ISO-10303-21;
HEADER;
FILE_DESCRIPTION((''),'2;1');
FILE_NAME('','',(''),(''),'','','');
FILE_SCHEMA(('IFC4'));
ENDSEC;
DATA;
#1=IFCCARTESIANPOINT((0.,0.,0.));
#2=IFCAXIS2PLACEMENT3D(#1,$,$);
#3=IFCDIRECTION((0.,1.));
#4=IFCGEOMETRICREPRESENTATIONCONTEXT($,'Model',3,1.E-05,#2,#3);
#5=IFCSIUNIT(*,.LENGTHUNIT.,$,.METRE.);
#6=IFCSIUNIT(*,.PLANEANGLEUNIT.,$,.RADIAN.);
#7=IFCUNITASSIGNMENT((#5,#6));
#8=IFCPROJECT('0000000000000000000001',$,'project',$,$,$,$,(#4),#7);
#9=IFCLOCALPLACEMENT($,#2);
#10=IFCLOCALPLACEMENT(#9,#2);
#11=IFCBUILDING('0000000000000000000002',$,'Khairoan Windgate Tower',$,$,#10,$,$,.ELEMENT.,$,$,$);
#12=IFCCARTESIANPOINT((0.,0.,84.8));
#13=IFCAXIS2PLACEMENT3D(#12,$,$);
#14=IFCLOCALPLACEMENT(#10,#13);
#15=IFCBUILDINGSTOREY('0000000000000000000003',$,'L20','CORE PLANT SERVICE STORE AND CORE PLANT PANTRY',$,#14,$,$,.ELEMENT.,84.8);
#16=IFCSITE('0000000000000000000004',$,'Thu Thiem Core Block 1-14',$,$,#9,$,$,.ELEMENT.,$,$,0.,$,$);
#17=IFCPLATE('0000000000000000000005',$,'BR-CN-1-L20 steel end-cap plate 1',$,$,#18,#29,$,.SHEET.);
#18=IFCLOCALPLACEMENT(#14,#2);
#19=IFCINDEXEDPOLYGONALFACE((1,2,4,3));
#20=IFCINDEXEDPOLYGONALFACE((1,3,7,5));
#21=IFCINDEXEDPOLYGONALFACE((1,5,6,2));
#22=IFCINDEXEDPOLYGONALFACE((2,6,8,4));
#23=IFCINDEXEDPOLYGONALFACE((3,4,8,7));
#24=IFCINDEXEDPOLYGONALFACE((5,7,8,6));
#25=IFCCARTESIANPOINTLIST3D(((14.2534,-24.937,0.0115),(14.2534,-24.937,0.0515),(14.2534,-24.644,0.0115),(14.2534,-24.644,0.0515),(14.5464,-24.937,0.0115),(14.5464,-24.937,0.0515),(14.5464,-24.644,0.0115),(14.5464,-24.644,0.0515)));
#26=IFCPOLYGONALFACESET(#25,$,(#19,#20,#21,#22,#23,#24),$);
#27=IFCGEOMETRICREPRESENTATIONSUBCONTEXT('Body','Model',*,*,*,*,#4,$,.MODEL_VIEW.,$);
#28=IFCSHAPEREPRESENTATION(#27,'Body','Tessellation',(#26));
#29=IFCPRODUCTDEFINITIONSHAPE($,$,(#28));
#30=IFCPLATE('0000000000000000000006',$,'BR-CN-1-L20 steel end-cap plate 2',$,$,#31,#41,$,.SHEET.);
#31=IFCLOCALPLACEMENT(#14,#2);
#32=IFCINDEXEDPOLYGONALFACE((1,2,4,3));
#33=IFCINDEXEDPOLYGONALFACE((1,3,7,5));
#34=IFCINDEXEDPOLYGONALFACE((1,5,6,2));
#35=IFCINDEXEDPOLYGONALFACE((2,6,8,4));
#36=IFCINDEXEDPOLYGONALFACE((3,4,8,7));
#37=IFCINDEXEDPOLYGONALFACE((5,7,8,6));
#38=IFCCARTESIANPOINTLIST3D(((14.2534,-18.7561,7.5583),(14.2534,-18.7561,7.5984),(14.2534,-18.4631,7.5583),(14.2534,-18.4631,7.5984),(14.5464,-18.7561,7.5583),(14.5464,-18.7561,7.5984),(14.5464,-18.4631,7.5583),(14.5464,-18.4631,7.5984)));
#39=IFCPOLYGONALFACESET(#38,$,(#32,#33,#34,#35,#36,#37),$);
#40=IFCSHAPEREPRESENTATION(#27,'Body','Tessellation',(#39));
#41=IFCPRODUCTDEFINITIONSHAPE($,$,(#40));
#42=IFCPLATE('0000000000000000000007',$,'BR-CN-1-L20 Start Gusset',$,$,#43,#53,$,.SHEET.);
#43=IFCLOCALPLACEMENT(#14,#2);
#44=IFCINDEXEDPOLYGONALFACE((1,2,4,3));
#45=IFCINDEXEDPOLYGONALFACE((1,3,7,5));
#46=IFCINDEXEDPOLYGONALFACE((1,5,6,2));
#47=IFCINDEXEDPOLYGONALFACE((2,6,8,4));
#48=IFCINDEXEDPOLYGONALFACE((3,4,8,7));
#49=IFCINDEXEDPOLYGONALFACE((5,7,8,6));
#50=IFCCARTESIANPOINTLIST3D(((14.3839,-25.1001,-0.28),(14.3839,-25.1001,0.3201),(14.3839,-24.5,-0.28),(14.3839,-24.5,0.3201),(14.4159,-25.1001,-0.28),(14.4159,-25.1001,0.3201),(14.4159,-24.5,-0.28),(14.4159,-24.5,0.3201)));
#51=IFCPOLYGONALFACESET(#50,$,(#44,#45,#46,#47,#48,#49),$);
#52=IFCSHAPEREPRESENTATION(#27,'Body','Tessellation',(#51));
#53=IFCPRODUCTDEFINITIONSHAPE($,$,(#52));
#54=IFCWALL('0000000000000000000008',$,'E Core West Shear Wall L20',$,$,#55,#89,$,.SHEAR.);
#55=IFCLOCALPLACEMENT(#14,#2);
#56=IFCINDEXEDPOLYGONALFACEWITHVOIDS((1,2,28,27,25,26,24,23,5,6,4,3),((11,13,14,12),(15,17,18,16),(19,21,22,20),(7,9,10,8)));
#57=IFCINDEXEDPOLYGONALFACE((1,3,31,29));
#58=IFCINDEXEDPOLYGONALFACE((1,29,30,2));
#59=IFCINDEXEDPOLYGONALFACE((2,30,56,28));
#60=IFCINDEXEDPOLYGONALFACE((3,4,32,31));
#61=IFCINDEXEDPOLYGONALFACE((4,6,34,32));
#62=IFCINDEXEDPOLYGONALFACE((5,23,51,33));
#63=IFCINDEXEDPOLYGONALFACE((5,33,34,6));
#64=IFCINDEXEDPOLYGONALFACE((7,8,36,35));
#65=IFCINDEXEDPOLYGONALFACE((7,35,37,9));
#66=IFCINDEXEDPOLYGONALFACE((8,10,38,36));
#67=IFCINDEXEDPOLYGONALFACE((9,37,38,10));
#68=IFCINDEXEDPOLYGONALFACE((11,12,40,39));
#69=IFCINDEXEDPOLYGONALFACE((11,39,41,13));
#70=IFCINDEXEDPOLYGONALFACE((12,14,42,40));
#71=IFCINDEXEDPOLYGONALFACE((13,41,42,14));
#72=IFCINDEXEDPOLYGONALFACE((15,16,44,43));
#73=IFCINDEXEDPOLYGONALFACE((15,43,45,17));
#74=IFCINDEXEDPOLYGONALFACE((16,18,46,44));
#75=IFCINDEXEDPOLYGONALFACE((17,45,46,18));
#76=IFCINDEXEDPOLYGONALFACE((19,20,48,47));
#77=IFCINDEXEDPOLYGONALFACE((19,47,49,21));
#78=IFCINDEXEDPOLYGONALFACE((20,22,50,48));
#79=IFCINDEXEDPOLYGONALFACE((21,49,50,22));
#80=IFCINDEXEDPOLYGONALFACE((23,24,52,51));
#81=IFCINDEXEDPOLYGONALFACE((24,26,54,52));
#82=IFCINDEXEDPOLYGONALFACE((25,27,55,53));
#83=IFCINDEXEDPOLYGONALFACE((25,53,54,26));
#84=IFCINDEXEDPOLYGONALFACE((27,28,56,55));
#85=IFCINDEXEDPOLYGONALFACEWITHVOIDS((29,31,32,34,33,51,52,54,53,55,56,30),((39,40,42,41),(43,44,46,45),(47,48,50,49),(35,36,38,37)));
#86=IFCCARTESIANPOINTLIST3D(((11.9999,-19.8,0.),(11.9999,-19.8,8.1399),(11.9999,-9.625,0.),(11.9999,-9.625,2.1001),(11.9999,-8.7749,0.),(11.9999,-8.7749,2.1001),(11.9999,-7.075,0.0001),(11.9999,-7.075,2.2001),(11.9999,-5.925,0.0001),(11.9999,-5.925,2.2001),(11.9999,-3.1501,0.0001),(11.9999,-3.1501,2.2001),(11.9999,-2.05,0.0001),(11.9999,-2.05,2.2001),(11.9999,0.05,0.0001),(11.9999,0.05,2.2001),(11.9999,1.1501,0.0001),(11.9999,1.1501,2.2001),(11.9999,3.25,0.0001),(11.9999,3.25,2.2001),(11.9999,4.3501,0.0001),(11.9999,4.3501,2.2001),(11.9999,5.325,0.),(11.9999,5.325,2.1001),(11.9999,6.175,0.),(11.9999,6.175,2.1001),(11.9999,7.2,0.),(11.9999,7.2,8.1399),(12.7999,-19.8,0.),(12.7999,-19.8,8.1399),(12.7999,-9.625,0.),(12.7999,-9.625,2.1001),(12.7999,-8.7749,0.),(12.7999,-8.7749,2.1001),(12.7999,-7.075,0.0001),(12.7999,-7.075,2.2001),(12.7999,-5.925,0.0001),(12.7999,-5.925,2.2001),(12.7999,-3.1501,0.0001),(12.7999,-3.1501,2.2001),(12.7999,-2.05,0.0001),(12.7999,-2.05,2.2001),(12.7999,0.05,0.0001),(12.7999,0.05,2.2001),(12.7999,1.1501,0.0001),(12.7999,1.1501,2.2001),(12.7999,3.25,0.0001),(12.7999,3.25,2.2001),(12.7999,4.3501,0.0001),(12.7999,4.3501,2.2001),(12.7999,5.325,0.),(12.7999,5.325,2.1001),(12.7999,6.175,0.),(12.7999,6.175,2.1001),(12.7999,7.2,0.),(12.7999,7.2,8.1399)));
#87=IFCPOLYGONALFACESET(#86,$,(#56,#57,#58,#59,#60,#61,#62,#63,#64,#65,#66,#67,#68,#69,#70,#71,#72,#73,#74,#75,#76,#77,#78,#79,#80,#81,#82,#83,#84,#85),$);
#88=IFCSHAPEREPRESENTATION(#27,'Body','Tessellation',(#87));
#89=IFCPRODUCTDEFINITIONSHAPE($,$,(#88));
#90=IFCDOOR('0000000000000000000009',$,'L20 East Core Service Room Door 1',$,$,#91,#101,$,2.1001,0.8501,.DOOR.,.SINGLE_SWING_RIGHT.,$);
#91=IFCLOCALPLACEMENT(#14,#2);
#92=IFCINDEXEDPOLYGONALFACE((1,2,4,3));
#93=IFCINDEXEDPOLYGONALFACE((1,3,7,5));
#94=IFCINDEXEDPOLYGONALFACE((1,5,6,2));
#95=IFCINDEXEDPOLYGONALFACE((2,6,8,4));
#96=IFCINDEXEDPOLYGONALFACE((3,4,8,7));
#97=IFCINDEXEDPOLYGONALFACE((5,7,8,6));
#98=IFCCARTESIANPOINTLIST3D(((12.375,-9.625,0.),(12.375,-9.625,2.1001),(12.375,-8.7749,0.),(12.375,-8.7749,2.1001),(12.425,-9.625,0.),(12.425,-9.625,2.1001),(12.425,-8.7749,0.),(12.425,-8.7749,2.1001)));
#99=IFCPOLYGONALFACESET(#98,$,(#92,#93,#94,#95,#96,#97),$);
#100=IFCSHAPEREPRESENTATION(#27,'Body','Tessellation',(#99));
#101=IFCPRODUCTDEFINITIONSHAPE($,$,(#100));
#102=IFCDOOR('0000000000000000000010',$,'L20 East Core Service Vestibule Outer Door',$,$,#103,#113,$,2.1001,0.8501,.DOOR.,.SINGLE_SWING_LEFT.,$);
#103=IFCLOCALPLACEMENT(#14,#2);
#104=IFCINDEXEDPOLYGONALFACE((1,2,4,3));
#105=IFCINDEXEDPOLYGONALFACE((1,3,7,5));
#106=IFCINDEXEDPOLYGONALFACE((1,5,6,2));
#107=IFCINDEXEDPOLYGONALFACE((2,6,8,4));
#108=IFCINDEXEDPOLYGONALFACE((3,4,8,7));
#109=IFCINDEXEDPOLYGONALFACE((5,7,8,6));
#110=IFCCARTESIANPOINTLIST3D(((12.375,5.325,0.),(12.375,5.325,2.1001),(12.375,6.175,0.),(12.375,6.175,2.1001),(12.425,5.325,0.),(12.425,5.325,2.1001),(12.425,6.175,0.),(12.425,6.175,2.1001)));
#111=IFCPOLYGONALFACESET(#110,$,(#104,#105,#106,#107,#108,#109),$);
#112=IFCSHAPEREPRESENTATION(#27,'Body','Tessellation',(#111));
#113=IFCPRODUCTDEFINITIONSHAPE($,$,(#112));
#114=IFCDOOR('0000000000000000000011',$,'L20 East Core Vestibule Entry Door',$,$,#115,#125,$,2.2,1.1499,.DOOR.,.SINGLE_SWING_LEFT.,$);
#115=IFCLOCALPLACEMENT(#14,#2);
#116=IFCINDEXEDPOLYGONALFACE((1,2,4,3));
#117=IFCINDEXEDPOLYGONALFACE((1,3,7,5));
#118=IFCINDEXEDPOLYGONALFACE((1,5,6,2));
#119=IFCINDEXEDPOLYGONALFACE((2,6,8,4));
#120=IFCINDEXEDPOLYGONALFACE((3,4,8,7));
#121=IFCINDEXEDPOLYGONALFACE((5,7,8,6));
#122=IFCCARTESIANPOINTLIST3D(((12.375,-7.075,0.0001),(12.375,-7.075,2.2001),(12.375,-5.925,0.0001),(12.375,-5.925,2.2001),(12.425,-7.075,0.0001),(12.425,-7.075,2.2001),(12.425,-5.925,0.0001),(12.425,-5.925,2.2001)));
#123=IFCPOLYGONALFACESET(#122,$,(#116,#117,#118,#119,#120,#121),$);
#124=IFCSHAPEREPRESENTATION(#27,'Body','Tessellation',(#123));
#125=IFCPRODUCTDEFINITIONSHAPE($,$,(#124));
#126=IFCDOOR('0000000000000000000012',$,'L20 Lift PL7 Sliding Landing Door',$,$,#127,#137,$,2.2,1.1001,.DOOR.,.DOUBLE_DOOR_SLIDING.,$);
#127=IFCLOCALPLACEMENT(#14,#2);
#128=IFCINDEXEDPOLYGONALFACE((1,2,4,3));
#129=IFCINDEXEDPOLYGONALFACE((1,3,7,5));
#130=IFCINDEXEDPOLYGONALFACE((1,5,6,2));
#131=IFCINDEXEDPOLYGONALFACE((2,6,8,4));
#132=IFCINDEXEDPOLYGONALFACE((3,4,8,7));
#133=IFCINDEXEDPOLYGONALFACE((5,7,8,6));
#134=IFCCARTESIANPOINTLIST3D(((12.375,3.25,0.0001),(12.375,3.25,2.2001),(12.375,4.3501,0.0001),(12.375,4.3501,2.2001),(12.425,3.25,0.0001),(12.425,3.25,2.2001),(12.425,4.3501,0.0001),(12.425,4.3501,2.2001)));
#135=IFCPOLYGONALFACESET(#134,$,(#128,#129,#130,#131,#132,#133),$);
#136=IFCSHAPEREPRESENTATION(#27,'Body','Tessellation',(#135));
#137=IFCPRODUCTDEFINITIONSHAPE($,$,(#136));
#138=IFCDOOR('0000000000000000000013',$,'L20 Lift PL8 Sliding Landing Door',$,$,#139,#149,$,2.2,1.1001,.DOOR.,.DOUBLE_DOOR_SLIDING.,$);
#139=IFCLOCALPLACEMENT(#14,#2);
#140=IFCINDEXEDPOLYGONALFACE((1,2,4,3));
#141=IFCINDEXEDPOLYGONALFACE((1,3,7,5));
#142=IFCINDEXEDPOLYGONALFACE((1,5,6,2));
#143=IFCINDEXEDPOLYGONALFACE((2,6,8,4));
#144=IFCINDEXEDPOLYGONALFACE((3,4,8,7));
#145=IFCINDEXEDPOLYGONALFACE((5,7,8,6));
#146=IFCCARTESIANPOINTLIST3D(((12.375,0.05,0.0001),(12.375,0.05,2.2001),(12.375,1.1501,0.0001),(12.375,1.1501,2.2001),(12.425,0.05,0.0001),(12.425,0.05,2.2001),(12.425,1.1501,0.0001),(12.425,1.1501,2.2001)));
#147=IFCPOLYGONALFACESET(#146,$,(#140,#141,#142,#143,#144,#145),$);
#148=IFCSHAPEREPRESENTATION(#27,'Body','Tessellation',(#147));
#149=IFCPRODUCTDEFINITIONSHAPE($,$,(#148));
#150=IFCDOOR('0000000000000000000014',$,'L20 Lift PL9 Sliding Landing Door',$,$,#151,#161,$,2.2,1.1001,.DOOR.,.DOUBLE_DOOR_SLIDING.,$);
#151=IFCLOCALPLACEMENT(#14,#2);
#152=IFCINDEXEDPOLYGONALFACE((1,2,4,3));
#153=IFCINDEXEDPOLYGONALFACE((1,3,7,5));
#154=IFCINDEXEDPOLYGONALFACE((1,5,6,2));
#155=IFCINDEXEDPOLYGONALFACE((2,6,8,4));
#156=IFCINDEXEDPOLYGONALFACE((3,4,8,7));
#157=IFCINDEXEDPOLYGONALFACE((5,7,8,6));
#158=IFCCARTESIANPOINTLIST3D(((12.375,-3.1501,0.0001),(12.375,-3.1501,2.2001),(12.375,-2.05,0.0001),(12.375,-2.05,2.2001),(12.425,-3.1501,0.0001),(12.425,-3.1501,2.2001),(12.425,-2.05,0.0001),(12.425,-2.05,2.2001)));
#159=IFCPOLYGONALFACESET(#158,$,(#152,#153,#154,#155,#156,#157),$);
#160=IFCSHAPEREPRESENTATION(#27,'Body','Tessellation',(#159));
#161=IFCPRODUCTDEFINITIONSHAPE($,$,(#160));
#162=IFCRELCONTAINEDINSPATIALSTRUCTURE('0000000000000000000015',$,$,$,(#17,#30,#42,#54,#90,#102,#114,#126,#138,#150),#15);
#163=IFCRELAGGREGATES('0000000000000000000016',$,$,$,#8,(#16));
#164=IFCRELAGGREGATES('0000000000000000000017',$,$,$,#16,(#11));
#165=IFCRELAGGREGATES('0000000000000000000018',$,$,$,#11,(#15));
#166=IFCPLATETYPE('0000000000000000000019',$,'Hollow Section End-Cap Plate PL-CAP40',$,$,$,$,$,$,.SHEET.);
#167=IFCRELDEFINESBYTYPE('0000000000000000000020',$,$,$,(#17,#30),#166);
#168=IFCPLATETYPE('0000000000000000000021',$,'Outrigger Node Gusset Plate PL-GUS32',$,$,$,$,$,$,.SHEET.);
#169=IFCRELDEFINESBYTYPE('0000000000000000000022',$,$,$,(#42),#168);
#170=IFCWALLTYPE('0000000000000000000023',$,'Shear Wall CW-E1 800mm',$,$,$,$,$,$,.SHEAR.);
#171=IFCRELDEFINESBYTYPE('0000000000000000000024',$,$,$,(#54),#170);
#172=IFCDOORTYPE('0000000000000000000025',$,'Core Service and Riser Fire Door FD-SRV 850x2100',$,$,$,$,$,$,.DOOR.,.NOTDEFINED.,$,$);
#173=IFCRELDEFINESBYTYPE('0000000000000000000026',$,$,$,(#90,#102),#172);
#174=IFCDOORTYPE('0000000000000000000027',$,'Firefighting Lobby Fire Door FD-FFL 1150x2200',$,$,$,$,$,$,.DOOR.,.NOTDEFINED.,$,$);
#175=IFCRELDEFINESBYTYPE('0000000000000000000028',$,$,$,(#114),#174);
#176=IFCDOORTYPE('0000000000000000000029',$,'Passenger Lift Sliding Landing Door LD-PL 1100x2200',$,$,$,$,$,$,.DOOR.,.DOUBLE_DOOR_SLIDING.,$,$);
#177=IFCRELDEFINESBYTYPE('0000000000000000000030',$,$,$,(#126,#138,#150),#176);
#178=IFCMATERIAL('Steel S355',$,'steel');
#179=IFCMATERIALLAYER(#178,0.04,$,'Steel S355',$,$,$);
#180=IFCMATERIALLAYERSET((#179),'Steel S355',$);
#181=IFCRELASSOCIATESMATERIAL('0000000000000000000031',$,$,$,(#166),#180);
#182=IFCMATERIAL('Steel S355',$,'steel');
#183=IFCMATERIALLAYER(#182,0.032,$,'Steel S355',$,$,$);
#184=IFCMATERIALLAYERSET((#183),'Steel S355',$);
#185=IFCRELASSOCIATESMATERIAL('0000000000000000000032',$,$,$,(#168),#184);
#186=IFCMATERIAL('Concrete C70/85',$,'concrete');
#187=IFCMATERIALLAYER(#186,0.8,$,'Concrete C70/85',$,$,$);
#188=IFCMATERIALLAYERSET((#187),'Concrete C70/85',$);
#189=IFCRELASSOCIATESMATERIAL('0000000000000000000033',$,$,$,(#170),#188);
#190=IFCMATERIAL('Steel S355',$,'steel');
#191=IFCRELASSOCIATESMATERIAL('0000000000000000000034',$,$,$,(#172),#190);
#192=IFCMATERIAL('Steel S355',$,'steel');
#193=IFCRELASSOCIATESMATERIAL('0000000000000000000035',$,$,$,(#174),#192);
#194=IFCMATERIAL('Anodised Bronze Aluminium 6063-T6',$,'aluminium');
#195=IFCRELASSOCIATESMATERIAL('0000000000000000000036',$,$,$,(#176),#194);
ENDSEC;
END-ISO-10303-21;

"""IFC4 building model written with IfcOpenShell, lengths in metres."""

from ifc_helpers import new_model, si_unit, direction, frame, frame_2d, origin, origin_2d, place, context, subcontext, project, spatial, rectangle, extrude, material, layer, layer_set, type_object, element, fill, save


model = new_model("IFC4")

# Units and contexts
model_context = context("Model", 3, precision=1e-05, world=origin(), true_north=direction((0.0, 1.0)))
body_context = subcontext(model_context, "Body", "Model", "MODEL_VIEW")
ifc_project = project(units=[si_unit("LENGTHUNIT", "METRE"), si_unit("PLANEANGLEUNIT", "RADIAN")], contexts=[model_context])

# Site, building, storey
site_placement = place(None, origin())
site = spatial("IfcSite", under=ifc_project, at=site_placement, Name="Thu Thiem Core Block 1-14", CompositionType="ELEMENT", RefElevation=0.0)
building_placement = place(site_placement, origin())
building = spatial("IfcBuilding", under=site, at=building_placement, Name="Khairoan Windgate Tower", CompositionType="ELEMENT")
storey_placement = place(building_placement, frame((0.0, 0.0, 84.8)))
storey = spatial("IfcBuildingStorey", under=building, at=storey_placement, Name="L20", Description="CORE PLANT SERVICE STORE AND CORE PLANT PANTRY", CompositionType="ELEMENT", Elevation=84.8)

# Plates
ifc_material_1 = material(Name="Steel S355", Category="steel")
ifc_layer_1 = layer(ifc_material_1, 0.04, Name="Steel S355")
ifc_layer_set_1 = layer_set([ifc_layer_1], Name="Steel S355")
plate_type_1 = type_object("IfcPlateType", Name="Hollow Section End-Cap Plate PL-CAP40", PredefinedType="SHEET", material=ifc_layer_set_1)
for number, where, z_axis, x_axis, name in (
    (1, (14.3999, -24.7905, 0.0115), (0.0, 0.0, 1.0), (0.0, 1.0, 0.0), "BR-CN-1-L20 steel end-cap plate 1"),
    (2, (14.3999, -18.6096, 7.5583), (0.0, 0.0, 1.0), (0.0, 1.0, 0.0), "BR-CN-1-L20 steel end-cap plate 2"),
):
    element("IfcPlate", number, at=place(storey_placement, frame(where, z_axis=z_axis, x_axis=x_axis)), inside=storey, type_object=plate_type_1, Name=name, PredefinedType="SHEET", context=body_context, shape_type="SweptSolid", body=[
        extrude(rectangle(XDim=0.293, YDim=0.293, at=origin_2d()), origin(), (0.0, 0.0, 1.0), 0.04),
    ])
ifc_material_2 = material(Name="Steel S355", Category="steel")
ifc_layer_2 = layer(ifc_material_2, 0.032, Name="Steel S355")
ifc_layer_set_2 = layer_set([ifc_layer_2], Name="Steel S355")
plate_type_2 = type_object("IfcPlateType", Name="Outrigger Node Gusset Plate PL-GUS32", PredefinedType="SHEET", material=ifc_layer_set_2)
plate_placement = place(storey_placement, frame((14.3999, -24.8, -0.28), z_axis=(0.0, 0.0, 1.0), x_axis=(1.0, 0.0, 0.0)))
element("IfcPlate", 3, at=plate_placement, inside=storey, type_object=plate_type_2, Name="BR-CN-1-L20 Start Gusset", PredefinedType="SHEET", context=body_context, shape_type="SweptSolid", body=[
    extrude(rectangle(XDim=0.032, YDim=0.6001, at=origin_2d()), origin(), (0.0, 0.0, 1.0), 0.6001),
])

# Wall, openings, doors
ifc_material_3 = material(Name="Concrete C70/85", Category="concrete")
ifc_layer_3 = layer(ifc_material_3, 0.8, Name="Concrete C70/85")
ifc_layer_set_3 = layer_set([ifc_layer_3], Name="Concrete C70/85")
wall_type_1 = type_object("IfcWallType", Name="Shear Wall CW-E1 800mm", PredefinedType="SHEAR", material=ifc_layer_set_3)
wall_1_placement = place(storey_placement, frame((12.3999, -19.8, 0.0), z_axis=(0.0, 0.0, 1.0), x_axis=(0.0, 1.0, 0.0)))
wall_1 = element("IfcWall", 4, at=wall_1_placement, inside=storey, type_object=wall_type_1, Name="E Core West Shear Wall L20", PredefinedType="SHEAR", context=body_context, shape_type="SweptSolid", body=[
    extrude(rectangle(XDim=27.0, YDim=0.8, at=frame_2d((13.5, 0.0))), origin(), (0.0, 0.0, 1.0), 8.1399),
])
opening_1_placement = place(wall_1_placement, frame((23.05, 0.0, 0.0)))
opening_1 = element("IfcOpeningElement", 5, at=opening_1_placement, cuts=wall_1, PredefinedType="OPENING", context=body_context, shape_type="SweptSolid", body=[
    extrude(rectangle(XDim=1.1001, YDim=2.2, at=frame_2d((0.55, 1.1001))), frame((0.0, 0.4099, 0.0), z_axis=(0.0, -1.0, 0.0), x_axis=(1.0, 0.0, 0.0)), (0.0, 0.0, 1.0), 0.8201),
])
opening_2_placement = place(wall_1_placement, frame((19.8501, 0.0, 0.0)))
opening_2 = element("IfcOpeningElement", 6, at=opening_2_placement, cuts=wall_1, PredefinedType="OPENING", context=body_context, shape_type="SweptSolid", body=[
    extrude(rectangle(XDim=1.1001, YDim=2.2, at=frame_2d((0.55, 1.1001))), frame((0.0, 0.4099, 0.0), z_axis=(0.0, -1.0, 0.0), x_axis=(1.0, 0.0, 0.0)), (0.0, 0.0, 1.0), 0.8201),
])
opening_3_placement = place(wall_1_placement, frame((16.6499, 0.0, 0.0)))
opening_3 = element("IfcOpeningElement", 7, at=opening_3_placement, cuts=wall_1, PredefinedType="OPENING", context=body_context, shape_type="SweptSolid", body=[
    extrude(rectangle(XDim=1.1001, YDim=2.2, at=frame_2d((0.55, 1.1001))), frame((0.0, 0.4099, 0.0), z_axis=(0.0, -1.0, 0.0), x_axis=(1.0, 0.0, 0.0)), (0.0, 0.0, 1.0), 0.8201),
])
opening_4_placement = place(wall_1_placement, frame((10.175, 0.0, 0.0)))
opening_4 = element("IfcOpeningElement", 8, at=opening_4_placement, cuts=wall_1, PredefinedType="OPENING", context=body_context, shape_type="SweptSolid", body=[
    extrude(rectangle(XDim=0.8501, YDim=2.1001, at=frame_2d((0.425, 1.05))), frame((0.0, 0.4099, 0.0), z_axis=(0.0, -1.0, 0.0), x_axis=(1.0, 0.0, 0.0)), (0.0, 0.0, 1.0), 0.8201),
])
opening_5_placement = place(wall_1_placement, frame((12.7251, 0.0, 0.0)))
opening_5 = element("IfcOpeningElement", 9, at=opening_5_placement, cuts=wall_1, PredefinedType="OPENING", context=body_context, shape_type="SweptSolid", body=[
    extrude(rectangle(XDim=1.1499, YDim=2.2, at=frame_2d((0.575, 1.1001))), frame((0.0, 0.4099, 0.0), z_axis=(0.0, -1.0, 0.0), x_axis=(1.0, 0.0, 0.0)), (0.0, 0.0, 1.0), 0.8201),
])
opening_6_placement = place(wall_1_placement, frame((25.125, 0.0, 0.0)))
opening_6 = element("IfcOpeningElement", 10, at=opening_6_placement, cuts=wall_1, PredefinedType="OPENING", context=body_context, shape_type="SweptSolid", body=[
    extrude(rectangle(XDim=0.8501, YDim=2.1001, at=frame_2d((0.425, 1.05))), frame((0.0, 0.4099, 0.0), z_axis=(0.0, -1.0, 0.0), x_axis=(1.0, 0.0, 0.0)), (0.0, 0.0, 1.0), 0.8201),
])
ifc_material_4 = material(Name="Steel S355", Category="steel")
door_type_1 = type_object("IfcDoorType", Name="Core Service and Riser Fire Door FD-SRV 850x2100", OperationType="NOTDEFINED", PredefinedType="DOOR", material=ifc_material_4)
door_1_placement = place(opening_4_placement, origin())
door_1 = element("IfcDoor", 11, at=door_1_placement, inside=storey, type_object=door_type_1, Name="L20 East Core Service Room Door 1", OperationType="SINGLE_SWING_RIGHT", OverallHeight=2.1001, OverallWidth=0.8501, PredefinedType="DOOR", context=body_context, shape_type="SweptSolid", body=[
    extrude(rectangle(XDim=0.8501, YDim=2.1001, at=frame_2d((0.425, 1.05))), frame((0.0, 0.0249, 0.0), z_axis=(0.0, -1.0, 0.0), x_axis=(1.0, 0.0, 0.0)), (0.0, 0.0, 1.0), 0.05),
])
fill(opening_4, door_1)
door_2_placement = place(opening_6_placement, origin())
door_2 = element("IfcDoor", 12, at=door_2_placement, inside=storey, type_object=door_type_1, Name="L20 East Core Service Vestibule Outer Door", OperationType="SINGLE_SWING_LEFT", OverallHeight=2.1001, OverallWidth=0.8501, PredefinedType="DOOR", context=body_context, shape_type="SweptSolid", body=[
    extrude(rectangle(XDim=0.8501, YDim=2.1001, at=frame_2d((0.425, 1.05))), frame((0.0, 0.0249, 0.0), z_axis=(0.0, -1.0, 0.0), x_axis=(1.0, 0.0, 0.0)), (0.0, 0.0, 1.0), 0.05),
])
fill(opening_6, door_2)
ifc_material_5 = material(Name="Steel S355", Category="steel")
door_type_2 = type_object("IfcDoorType", Name="Firefighting Lobby Fire Door FD-FFL 1150x2200", OperationType="NOTDEFINED", PredefinedType="DOOR", material=ifc_material_5)
door_3_placement = place(opening_5_placement, origin())
door_3 = element("IfcDoor", 13, at=door_3_placement, inside=storey, type_object=door_type_2, Name="L20 East Core Vestibule Entry Door", OperationType="SINGLE_SWING_LEFT", OverallHeight=2.2, OverallWidth=1.1499, PredefinedType="DOOR", context=body_context, shape_type="SweptSolid", body=[
    extrude(rectangle(XDim=1.1499, YDim=2.2, at=frame_2d((0.575, 1.1001))), frame((0.0, 0.0249, 0.0), z_axis=(0.0, -1.0, 0.0), x_axis=(1.0, 0.0, 0.0)), (0.0, 0.0, 1.0), 0.05),
])
fill(opening_5, door_3)
ifc_material_6 = material(Name="Anodised Bronze Aluminium 6063-T6", Category="aluminium")
door_type_3 = type_object("IfcDoorType", Name="Passenger Lift Sliding Landing Door LD-PL 1100x2200", OperationType="DOUBLE_DOOR_SLIDING", PredefinedType="DOOR", material=ifc_material_6)
door_4_placement = place(opening_1_placement, origin())
door_4 = element("IfcDoor", 14, at=door_4_placement, inside=storey, type_object=door_type_3, Name="L20 Lift PL7 Sliding Landing Door", OperationType="DOUBLE_DOOR_SLIDING", OverallHeight=2.2, OverallWidth=1.1001, PredefinedType="DOOR", context=body_context, shape_type="SweptSolid", body=[
    extrude(rectangle(XDim=1.1001, YDim=2.2, at=frame_2d((0.55, 1.1001))), frame((0.0, 0.0249, 0.0), z_axis=(0.0, -1.0, 0.0), x_axis=(1.0, 0.0, 0.0)), (0.0, 0.0, 1.0), 0.05),
])
fill(opening_1, door_4)
door_5_placement = place(opening_2_placement, origin())
door_5 = element("IfcDoor", 15, at=door_5_placement, inside=storey, type_object=door_type_3, Name="L20 Lift PL8 Sliding Landing Door", OperationType="DOUBLE_DOOR_SLIDING", OverallHeight=2.2, OverallWidth=1.1001, PredefinedType="DOOR", context=body_context, shape_type="SweptSolid", body=[
    extrude(rectangle(XDim=1.1001, YDim=2.2, at=frame_2d((0.55, 1.1001))), frame((0.0, 0.0249, 0.0), z_axis=(0.0, -1.0, 0.0), x_axis=(1.0, 0.0, 0.0)), (0.0, 0.0, 1.0), 0.05),
])
fill(opening_2, door_5)
door_6_placement = place(opening_3_placement, origin())
door_6 = element("IfcDoor", 16, at=door_6_placement, inside=storey, type_object=door_type_3, Name="L20 Lift PL9 Sliding Landing Door", OperationType="DOUBLE_DOOR_SLIDING", OverallHeight=2.2, OverallWidth=1.1001, PredefinedType="DOOR", context=body_context, shape_type="SweptSolid", body=[
    extrude(rectangle(XDim=1.1001, YDim=2.2, at=frame_2d((0.55, 1.1001))), frame((0.0, 0.0249, 0.0), z_axis=(0.0, -1.0, 0.0), x_axis=(1.0, 0.0, 0.0)), (0.0, 0.0, 1.0), 0.05),
])
fill(opening_3, door_6)

save(model, "model.ifc")
